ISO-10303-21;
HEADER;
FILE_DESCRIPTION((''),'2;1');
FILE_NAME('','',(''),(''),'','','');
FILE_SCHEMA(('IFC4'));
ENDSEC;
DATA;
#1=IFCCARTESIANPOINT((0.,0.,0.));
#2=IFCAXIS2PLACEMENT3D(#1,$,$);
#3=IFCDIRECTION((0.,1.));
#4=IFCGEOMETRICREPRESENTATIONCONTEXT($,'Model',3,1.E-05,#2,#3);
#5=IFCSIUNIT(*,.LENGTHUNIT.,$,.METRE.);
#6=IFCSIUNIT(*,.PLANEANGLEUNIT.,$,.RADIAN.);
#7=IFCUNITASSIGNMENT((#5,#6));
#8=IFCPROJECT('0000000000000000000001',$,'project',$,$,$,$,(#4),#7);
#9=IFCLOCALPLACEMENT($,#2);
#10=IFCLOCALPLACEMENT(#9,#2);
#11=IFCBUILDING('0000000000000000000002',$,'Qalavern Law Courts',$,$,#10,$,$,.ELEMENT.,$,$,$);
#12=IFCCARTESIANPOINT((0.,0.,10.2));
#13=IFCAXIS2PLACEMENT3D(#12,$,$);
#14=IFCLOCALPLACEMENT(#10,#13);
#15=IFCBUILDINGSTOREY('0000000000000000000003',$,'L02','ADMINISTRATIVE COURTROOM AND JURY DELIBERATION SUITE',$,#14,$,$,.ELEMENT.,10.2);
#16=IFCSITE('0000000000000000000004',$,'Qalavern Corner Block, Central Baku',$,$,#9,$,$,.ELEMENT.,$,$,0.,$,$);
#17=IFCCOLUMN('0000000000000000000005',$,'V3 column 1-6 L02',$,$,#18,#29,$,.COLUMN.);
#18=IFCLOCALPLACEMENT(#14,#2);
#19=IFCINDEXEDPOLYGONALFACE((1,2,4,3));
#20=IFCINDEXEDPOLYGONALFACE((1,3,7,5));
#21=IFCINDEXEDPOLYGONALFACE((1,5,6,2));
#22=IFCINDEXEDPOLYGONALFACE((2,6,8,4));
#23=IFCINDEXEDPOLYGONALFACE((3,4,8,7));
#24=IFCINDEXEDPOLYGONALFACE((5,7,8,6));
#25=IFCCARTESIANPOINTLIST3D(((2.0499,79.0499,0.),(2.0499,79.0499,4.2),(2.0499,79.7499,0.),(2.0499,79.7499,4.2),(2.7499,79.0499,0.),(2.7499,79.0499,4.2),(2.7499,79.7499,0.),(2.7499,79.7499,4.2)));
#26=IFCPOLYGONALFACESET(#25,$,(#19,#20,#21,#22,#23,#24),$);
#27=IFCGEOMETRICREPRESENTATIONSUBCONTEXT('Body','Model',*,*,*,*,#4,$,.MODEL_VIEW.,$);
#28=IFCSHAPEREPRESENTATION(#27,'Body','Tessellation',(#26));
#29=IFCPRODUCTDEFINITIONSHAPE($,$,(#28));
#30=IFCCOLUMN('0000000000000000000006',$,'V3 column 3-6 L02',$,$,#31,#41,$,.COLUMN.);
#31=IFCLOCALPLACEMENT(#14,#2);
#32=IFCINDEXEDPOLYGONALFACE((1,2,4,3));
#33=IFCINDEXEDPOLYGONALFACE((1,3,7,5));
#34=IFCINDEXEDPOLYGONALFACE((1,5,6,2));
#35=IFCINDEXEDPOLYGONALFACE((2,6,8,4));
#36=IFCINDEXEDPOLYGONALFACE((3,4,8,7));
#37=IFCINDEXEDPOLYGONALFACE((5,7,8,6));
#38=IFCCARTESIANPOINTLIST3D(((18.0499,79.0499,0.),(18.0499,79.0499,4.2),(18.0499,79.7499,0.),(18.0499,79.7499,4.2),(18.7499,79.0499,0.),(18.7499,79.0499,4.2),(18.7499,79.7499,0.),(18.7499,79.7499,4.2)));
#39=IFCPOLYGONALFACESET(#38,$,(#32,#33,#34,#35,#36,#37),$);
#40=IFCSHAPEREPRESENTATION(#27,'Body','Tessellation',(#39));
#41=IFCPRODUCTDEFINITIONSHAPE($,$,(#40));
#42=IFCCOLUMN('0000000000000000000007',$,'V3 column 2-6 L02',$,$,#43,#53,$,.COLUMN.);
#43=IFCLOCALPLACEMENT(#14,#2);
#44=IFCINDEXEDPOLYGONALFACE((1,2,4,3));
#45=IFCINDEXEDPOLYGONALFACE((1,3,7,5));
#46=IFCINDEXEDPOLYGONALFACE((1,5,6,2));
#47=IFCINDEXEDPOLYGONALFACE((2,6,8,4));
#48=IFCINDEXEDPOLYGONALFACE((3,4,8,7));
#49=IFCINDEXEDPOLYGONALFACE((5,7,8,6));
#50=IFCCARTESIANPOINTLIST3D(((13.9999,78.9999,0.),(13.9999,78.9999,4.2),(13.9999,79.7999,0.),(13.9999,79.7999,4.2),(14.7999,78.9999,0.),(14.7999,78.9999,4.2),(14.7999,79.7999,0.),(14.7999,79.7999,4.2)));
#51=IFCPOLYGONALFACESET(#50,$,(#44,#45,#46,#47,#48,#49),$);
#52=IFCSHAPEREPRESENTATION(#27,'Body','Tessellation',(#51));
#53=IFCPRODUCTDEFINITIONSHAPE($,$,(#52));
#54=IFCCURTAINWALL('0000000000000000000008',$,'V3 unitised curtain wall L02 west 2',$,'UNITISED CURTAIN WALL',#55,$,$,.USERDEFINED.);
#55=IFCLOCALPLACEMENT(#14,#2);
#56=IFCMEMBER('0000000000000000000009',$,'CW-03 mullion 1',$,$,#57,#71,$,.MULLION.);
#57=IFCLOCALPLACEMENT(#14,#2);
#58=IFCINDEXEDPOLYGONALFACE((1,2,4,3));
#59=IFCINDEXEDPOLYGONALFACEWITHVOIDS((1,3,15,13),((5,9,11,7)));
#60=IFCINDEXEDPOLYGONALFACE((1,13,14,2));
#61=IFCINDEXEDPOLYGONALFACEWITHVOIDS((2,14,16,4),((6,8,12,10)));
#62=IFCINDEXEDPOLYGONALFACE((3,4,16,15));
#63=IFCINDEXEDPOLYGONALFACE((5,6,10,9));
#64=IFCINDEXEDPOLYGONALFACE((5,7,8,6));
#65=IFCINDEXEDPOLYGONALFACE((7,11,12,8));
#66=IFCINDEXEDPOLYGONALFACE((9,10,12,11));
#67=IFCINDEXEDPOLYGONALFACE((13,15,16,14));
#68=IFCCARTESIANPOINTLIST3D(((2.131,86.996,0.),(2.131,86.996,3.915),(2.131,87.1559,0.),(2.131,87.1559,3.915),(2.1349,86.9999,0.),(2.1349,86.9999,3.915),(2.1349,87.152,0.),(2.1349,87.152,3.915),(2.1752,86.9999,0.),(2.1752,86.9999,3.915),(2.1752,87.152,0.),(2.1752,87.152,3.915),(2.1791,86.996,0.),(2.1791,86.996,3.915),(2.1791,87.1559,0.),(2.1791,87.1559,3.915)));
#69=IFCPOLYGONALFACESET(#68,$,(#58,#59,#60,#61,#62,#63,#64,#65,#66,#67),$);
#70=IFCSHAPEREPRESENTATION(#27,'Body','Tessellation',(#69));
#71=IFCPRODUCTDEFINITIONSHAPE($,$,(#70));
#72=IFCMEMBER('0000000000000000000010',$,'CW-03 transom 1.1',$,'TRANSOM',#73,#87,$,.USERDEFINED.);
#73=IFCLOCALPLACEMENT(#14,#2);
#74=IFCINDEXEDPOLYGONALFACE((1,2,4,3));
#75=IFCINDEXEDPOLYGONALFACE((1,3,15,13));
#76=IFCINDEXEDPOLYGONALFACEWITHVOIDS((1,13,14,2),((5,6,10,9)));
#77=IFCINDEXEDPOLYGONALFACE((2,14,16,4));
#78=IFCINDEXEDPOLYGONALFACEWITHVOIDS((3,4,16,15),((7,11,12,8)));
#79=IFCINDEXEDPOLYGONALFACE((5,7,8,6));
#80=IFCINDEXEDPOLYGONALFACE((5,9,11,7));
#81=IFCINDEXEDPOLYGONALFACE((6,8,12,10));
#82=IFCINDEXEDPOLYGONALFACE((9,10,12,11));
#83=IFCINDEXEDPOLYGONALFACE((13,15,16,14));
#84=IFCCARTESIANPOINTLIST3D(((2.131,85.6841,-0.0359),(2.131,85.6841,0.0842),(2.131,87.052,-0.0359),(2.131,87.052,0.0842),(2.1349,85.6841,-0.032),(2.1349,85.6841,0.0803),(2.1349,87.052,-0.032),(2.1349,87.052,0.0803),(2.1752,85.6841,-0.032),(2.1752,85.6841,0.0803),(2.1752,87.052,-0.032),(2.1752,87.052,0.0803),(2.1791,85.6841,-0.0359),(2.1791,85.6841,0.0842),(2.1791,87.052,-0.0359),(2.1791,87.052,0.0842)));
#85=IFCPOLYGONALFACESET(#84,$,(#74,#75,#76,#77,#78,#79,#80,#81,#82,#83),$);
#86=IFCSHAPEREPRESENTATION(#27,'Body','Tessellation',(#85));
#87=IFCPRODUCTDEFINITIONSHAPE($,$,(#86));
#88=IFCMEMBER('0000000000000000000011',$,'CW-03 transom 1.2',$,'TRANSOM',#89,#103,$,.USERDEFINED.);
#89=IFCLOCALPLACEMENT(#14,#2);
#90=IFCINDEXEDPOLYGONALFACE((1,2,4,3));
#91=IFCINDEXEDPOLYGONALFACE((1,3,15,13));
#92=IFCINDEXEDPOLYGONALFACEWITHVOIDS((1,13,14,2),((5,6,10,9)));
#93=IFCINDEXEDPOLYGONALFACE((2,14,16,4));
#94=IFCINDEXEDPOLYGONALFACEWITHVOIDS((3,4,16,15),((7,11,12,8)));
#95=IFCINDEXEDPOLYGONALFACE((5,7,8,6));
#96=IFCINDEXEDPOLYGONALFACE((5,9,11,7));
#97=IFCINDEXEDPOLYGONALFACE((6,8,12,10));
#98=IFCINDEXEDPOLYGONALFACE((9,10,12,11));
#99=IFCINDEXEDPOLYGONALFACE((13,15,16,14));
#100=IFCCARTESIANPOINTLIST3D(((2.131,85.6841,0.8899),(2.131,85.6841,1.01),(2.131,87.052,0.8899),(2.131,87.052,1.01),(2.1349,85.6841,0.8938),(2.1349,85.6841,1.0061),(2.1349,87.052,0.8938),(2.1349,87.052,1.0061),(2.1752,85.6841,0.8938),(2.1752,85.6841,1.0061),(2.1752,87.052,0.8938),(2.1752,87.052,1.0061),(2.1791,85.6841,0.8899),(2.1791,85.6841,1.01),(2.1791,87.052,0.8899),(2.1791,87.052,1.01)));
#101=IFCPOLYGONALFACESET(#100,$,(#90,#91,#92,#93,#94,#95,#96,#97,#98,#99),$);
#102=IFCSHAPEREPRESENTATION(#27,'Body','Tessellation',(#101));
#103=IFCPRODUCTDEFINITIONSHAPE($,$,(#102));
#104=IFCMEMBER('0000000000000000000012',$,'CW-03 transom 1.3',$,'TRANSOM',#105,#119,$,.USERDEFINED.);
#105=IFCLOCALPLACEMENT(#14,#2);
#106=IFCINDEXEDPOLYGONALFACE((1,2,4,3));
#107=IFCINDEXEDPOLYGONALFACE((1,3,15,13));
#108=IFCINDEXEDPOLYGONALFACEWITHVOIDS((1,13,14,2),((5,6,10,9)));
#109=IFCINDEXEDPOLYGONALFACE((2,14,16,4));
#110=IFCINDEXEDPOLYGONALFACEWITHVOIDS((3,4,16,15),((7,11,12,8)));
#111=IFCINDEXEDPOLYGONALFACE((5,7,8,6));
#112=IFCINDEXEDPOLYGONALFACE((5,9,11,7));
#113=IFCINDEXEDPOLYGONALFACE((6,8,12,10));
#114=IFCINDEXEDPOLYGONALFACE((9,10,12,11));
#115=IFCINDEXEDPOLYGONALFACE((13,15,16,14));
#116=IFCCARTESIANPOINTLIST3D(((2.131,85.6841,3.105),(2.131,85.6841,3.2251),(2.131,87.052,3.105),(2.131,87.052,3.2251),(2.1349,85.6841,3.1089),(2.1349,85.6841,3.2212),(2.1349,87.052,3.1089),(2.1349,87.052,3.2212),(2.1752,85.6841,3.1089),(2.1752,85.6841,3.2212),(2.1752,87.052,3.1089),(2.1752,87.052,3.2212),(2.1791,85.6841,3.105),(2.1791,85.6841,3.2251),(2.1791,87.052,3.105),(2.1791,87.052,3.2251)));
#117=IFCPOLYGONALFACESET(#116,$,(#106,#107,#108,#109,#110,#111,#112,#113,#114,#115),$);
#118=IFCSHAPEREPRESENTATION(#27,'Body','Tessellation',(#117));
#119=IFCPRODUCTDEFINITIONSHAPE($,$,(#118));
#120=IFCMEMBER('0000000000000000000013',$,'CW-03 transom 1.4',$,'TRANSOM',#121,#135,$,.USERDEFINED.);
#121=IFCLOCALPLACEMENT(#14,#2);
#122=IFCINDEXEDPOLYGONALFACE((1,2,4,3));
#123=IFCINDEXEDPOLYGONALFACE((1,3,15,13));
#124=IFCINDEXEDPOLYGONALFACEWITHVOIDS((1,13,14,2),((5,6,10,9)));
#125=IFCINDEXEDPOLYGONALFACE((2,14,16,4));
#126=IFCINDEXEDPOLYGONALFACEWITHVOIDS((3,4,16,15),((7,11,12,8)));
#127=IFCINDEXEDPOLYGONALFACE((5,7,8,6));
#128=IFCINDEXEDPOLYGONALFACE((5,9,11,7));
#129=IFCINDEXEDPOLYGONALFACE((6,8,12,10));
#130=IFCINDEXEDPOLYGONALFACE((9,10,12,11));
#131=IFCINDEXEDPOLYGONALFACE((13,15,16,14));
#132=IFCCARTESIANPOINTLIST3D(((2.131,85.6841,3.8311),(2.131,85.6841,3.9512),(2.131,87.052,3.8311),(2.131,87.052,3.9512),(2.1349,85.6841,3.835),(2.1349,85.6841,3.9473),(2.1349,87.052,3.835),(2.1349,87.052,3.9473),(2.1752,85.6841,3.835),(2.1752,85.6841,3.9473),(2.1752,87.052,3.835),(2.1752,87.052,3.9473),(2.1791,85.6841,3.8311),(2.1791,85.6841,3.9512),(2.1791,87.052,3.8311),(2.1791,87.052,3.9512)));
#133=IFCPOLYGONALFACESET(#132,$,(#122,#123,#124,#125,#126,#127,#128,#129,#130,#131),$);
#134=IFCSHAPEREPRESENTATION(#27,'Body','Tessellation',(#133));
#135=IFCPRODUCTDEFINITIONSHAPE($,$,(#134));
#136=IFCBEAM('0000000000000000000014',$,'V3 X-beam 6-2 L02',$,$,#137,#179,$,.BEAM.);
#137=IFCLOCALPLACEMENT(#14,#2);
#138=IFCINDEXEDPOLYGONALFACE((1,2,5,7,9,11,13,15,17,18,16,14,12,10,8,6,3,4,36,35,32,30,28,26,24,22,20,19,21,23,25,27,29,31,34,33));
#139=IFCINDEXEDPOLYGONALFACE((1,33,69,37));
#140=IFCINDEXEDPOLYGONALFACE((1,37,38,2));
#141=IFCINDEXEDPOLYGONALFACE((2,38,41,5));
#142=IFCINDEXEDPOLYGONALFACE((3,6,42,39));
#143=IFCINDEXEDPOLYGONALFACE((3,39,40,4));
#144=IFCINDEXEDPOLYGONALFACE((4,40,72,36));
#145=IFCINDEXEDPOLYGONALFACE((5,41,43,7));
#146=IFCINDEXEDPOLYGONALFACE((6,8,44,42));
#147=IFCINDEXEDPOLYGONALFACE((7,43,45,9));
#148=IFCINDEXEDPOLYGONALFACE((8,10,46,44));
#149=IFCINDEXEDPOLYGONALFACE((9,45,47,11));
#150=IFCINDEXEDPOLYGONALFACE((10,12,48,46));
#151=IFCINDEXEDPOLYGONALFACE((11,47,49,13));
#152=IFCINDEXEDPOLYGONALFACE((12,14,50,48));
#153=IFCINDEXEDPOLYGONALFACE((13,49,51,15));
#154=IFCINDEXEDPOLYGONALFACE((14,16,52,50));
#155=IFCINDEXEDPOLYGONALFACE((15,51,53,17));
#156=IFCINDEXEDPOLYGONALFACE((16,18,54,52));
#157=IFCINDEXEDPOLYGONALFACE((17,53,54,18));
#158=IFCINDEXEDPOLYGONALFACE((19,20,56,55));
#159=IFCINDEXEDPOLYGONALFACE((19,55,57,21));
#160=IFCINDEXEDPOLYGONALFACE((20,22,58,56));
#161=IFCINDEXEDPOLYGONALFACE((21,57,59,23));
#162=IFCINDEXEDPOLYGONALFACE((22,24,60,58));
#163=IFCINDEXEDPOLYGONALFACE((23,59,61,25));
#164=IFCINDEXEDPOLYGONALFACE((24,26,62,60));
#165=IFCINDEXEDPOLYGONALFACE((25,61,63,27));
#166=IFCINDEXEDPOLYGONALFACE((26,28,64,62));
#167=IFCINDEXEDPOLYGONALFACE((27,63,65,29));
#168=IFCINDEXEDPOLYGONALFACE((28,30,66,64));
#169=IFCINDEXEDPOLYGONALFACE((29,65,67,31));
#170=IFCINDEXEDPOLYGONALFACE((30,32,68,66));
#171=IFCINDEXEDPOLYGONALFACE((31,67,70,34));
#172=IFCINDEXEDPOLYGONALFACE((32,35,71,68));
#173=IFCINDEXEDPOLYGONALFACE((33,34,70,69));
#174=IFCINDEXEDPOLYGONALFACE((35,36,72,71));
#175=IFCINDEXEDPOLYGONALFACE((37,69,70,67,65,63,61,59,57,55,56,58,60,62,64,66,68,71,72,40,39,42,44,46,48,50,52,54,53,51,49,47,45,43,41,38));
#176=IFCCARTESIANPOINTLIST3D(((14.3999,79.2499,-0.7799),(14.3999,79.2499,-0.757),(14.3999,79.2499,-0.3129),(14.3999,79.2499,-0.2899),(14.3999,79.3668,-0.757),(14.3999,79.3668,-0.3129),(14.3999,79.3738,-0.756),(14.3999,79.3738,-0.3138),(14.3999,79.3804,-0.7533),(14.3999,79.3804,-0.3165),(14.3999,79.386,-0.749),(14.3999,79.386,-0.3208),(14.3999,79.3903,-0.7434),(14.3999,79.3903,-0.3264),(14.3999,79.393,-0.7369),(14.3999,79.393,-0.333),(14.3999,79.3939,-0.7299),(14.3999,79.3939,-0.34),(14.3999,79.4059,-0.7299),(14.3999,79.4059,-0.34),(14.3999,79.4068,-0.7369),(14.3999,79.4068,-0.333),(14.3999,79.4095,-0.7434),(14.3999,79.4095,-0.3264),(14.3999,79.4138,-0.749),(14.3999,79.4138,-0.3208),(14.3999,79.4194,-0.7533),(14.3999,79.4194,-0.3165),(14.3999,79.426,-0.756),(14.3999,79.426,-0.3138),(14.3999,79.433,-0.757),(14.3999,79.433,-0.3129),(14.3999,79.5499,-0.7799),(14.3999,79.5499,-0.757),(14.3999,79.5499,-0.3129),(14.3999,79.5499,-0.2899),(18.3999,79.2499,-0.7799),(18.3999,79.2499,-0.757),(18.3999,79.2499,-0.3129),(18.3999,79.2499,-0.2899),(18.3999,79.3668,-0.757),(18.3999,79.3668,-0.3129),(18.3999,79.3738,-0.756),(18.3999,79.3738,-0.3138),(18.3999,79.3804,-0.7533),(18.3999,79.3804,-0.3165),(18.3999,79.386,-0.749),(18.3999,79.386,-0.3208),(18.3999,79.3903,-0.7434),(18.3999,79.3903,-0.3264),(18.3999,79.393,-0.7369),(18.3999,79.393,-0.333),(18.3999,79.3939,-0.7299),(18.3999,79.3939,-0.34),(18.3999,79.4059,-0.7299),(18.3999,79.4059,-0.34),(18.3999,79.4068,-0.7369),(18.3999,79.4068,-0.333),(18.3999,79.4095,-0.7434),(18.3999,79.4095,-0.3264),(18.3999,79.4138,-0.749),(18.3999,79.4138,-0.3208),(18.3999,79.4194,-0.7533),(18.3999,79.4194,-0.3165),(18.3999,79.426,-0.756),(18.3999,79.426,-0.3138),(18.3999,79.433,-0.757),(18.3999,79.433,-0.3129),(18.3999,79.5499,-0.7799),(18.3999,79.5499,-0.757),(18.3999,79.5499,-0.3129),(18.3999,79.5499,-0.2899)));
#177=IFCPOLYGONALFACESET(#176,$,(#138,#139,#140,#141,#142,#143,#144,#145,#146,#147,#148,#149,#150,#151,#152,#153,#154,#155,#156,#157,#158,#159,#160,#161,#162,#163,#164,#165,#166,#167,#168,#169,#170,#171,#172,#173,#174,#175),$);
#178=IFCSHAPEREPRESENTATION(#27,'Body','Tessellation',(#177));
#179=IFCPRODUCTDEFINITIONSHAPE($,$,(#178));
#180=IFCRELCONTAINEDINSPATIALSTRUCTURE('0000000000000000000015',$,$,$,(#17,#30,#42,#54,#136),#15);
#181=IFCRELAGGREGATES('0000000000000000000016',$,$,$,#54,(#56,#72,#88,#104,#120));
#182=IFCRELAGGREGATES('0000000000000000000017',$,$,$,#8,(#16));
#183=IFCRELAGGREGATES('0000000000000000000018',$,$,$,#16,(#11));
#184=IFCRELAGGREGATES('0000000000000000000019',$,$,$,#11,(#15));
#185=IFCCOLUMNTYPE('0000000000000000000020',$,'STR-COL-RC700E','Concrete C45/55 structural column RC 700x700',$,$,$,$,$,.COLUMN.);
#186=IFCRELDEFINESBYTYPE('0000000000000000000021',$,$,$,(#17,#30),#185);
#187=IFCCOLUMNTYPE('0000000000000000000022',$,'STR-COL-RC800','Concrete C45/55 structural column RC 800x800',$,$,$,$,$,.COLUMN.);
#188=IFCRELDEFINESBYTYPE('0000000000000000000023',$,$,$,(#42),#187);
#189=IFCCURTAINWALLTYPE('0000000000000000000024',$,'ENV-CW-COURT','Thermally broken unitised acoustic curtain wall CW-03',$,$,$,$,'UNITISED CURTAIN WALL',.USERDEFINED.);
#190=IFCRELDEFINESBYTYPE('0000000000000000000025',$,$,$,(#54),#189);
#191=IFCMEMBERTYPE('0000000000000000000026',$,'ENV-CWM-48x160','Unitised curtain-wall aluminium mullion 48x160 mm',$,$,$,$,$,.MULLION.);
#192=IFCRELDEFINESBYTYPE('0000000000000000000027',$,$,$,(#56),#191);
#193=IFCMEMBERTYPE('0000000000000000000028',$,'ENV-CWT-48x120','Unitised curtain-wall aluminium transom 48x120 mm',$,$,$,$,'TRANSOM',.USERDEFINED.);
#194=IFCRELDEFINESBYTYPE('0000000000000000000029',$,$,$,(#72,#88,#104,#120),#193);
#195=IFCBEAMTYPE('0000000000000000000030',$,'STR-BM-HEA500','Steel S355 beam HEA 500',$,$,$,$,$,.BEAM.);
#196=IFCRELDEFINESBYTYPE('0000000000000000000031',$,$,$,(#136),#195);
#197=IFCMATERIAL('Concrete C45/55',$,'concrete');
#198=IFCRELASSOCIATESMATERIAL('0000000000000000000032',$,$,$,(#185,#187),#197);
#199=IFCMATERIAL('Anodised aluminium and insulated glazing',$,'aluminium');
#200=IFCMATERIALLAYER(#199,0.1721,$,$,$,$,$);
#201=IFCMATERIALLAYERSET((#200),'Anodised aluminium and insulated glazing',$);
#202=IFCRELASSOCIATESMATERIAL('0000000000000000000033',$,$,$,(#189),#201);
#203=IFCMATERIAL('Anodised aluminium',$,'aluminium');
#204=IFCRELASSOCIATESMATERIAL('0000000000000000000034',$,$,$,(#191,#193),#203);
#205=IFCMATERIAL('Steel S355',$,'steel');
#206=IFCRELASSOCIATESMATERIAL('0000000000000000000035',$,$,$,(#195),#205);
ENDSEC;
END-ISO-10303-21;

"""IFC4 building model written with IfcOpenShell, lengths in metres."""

from ifc_helpers import new_model, si_unit, direction, frame, origin, origin_2d, place, context, subcontext, project, spatial, rectangle, hollow_rectangle, i_section, extrude, material, layer, layer_set, material_profile, profile_set, type_object, element, aggregate, save


model = new_model("IFC4")

# Units and contexts
model_context = context("Model", 3, precision=1e-05, world=origin(), true_north=direction((0.0, 1.0)))
body_context = subcontext(model_context, "Body", "Model", "MODEL_VIEW")
ifc_project = project(units=[si_unit("LENGTHUNIT", "METRE"), si_unit("PLANEANGLEUNIT", "RADIAN")], contexts=[model_context])

# Site, building, storey
site_placement = place(None, origin())
site = spatial("IfcSite", under=ifc_project, at=site_placement, Name="Qalavern Corner Block, Central Baku", CompositionType="ELEMENT", RefElevation=0.0)
building_placement = place(site_placement, origin())
building = spatial("IfcBuilding", under=site, at=building_placement, Name="Qalavern Law Courts", CompositionType="ELEMENT")
storey_placement = place(building_placement, frame((0.0, 0.0, 10.2)))
storey = spatial("IfcBuildingStorey", under=building, at=storey_placement, Name="L02", Description="ADMINISTRATIVE COURTROOM AND JURY DELIBERATION SUITE", CompositionType="ELEMENT", Elevation=10.2)

# Columns
ifc_material_1 = material(Name="Concrete C45/55", Category="concrete")
ifc_material_profile_1 = material_profile(ifc_material_1, rectangle(XDim=0.7, YDim=0.7, at=origin_2d()), Name="RC 700x700")
ifc_profile_set_1 = profile_set([ifc_material_profile_1], Name="Concrete C45/55")
column_type_1 = type_object("IfcColumnType", Name="STR-COL-RC700E", Description="Concrete C45/55 structural column RC 700x700", PredefinedType="COLUMN", material=ifc_profile_set_1)
for number, where, z_axis, x_axis, name in (
    (1, (2.3999, 79.3999, 0.0), (0.0, 0.0, 1.0), (1.0, 0.0, 0.0), "V3 column 1-6 L02"),
    (2, (18.3999, 79.3999, 0.0), (0.0, 0.0, 1.0), (1.0, 0.0, 0.0), "V3 column 3-6 L02"),
):
    element("IfcColumn", number, at=place(storey_placement, frame(where, z_axis=z_axis, x_axis=x_axis)), inside=storey, type_object=column_type_1, Name=name, PredefinedType="COLUMN", context=body_context, shape_type="SweptSolid", body=[
        extrude(rectangle(XDim=0.7, YDim=0.7, at=origin_2d()), origin(), (0.0, 0.0, 1.0), 4.2),
    ])
ifc_material_profile_2 = material_profile(ifc_material_1, rectangle(XDim=0.8, YDim=0.8, at=origin_2d()), Name="RC 800x800")
ifc_profile_set_2 = profile_set([ifc_material_profile_2], Name="Concrete C45/55")
column_type_2 = type_object("IfcColumnType", Name="STR-COL-RC800", Description="Concrete C45/55 structural column RC 800x800", PredefinedType="COLUMN", material=ifc_profile_set_2)
column_placement = place(storey_placement, frame((14.3999, 79.3999, 0.0), z_axis=(0.0, 0.0, 1.0), x_axis=(1.0, 0.0, 0.0)))
element("IfcColumn", 3, at=column_placement, inside=storey, type_object=column_type_2, Name="V3 column 2-6 L02", PredefinedType="COLUMN", context=body_context, shape_type="SweptSolid", body=[
    extrude(rectangle(XDim=0.8, YDim=0.8, at=origin_2d()), origin(), (0.0, 0.0, 1.0), 4.2),
])

# Curtain wall, members
ifc_material_2 = material(Name="Anodised aluminium and insulated glazing", Category="aluminium")
ifc_layer_1 = layer(ifc_material_2, 0.1721)
ifc_layer_set_1 = layer_set([ifc_layer_1], Name="Anodised aluminium and insulated glazing")
curtain_wall_type = type_object("IfcCurtainWallType", Name="ENV-CW-COURT", Description="Thermally broken unitised acoustic curtain wall CW-03", ElementType="UNITISED CURTAIN WALL", PredefinedType="USERDEFINED", material=ifc_layer_set_1)
curtain_wall_placement = place(storey_placement, origin())
curtain_wall = element("IfcCurtainWall", 4, at=curtain_wall_placement, inside=storey, type_object=curtain_wall_type, Name="V3 unitised curtain wall L02 west 2", ObjectType="UNITISED CURTAIN WALL", PredefinedType="USERDEFINED")
ifc_material_3 = material(Name="Anodised aluminium", Category="aluminium")
ifc_material_profile_3 = material_profile(ifc_material_3, hollow_rectangle(XDim=0.0481, YDim=0.1599, WallThickness=0.0039, at=origin_2d()), Name="ALU MULLION 48x160")
ifc_profile_set_3 = profile_set([ifc_material_profile_3], Name="Anodised aluminium")
member_type_1 = type_object("IfcMemberType", Name="ENV-CWM-48x160", Description="Unitised curtain-wall aluminium mullion 48x160 mm", PredefinedType="MULLION", material=ifc_profile_set_3)
member_1_placement = place(storey_placement, frame((2.155, 87.0759, 0.0), z_axis=(0.0, 0.0, 1.0), x_axis=(1.0, 0.0, 0.0)))
member_1 = element("IfcMember", 5, at=member_1_placement, type_object=member_type_1, Name="CW-03 mullion 1", PredefinedType="MULLION", context=body_context, shape_type="SweptSolid", body=[
    extrude(hollow_rectangle(XDim=0.0481, YDim=0.1599, WallThickness=0.0039, at=origin_2d()), origin(), (0.0, 0.0, 1.0), 3.915),
])
ifc_material_profile_4 = material_profile(ifc_material_3, hollow_rectangle(XDim=0.0481, YDim=0.1201, WallThickness=0.0039, at=origin_2d()), Name="ALU TRANSOM 48x120")
ifc_profile_set_4 = profile_set([ifc_material_profile_4], Name="Anodised aluminium")
member_type_2 = type_object("IfcMemberType", Name="ENV-CWT-48x120", Description="Unitised curtain-wall aluminium transom 48x120 mm", ElementType="TRANSOM", PredefinedType="USERDEFINED", material=ifc_profile_set_4)
member_2_placement = place(storey_placement, frame((2.155, 87.052, 0.0242), z_axis=(0.0, -1.0, 0.0), x_axis=(1.0, 0.0, 0.0)))
member_2 = element("IfcMember", 6, at=member_2_placement, type_object=member_type_2, Name="CW-03 transom 1.1", ObjectType="TRANSOM", PredefinedType="USERDEFINED", context=body_context, shape_type="SweptSolid", body=[
    extrude(hollow_rectangle(XDim=0.0481, YDim=0.1201, WallThickness=0.0039, at=origin_2d()), origin(), (0.0, 0.0, 1.0), 1.3679),
])
member_3_placement = place(storey_placement, frame((2.155, 87.052, 0.95), z_axis=(0.0, -1.0, 0.0), x_axis=(1.0, 0.0, 0.0)))
member_3 = element("IfcMember", 7, at=member_3_placement, type_object=member_type_2, Name="CW-03 transom 1.2", ObjectType="TRANSOM", PredefinedType="USERDEFINED", context=body_context, shape_type="SweptSolid", body=[
    extrude(hollow_rectangle(XDim=0.0481, YDim=0.1201, WallThickness=0.0039, at=origin_2d()), origin(), (0.0, 0.0, 1.0), 1.3679),
])
member_4_placement = place(storey_placement, frame((2.155, 87.052, 3.165), z_axis=(0.0, -1.0, 0.0), x_axis=(1.0, 0.0, 0.0)))
member_4 = element("IfcMember", 8, at=member_4_placement, type_object=member_type_2, Name="CW-03 transom 1.3", ObjectType="TRANSOM", PredefinedType="USERDEFINED", context=body_context, shape_type="SweptSolid", body=[
    extrude(hollow_rectangle(XDim=0.0481, YDim=0.1201, WallThickness=0.0039, at=origin_2d()), origin(), (0.0, 0.0, 1.0), 1.3679),
])
member_5_placement = place(storey_placement, frame((2.155, 87.052, 3.8911), z_axis=(0.0, -1.0, 0.0), x_axis=(1.0, 0.0, 0.0)))
member_5 = element("IfcMember", 9, at=member_5_placement, type_object=member_type_2, Name="CW-03 transom 1.4", ObjectType="TRANSOM", PredefinedType="USERDEFINED", context=body_context, shape_type="SweptSolid", body=[
    extrude(hollow_rectangle(XDim=0.0481, YDim=0.1201, WallThickness=0.0039, at=origin_2d()), origin(), (0.0, 0.0, 1.0), 1.3679),
])

# Beam
ifc_material_4 = material(Name="Steel S355", Category="steel")
ifc_material_profile_5 = material_profile(ifc_material_4, i_section(OverallWidth=0.3, OverallDepth=0.49, WebThickness=0.012, FlangeThickness=0.0229, FilletRadius=0.0271, at=origin_2d()), Name="HEA 500")
ifc_profile_set_5 = profile_set([ifc_material_profile_5], Name="Steel S355")
beam_type_1 = type_object("IfcBeamType", Name="STR-BM-HEA500", Description="Steel S355 beam HEA 500", PredefinedType="BEAM", material=ifc_profile_set_5)
beam_1_placement = place(storey_placement, frame((14.3999, 79.3999, -0.5349), z_axis=(1.0, 0.0, 0.0), x_axis=(0.0, 1.0, 0.0)))
element("IfcBeam", 10, at=beam_1_placement, inside=storey, type_object=beam_type_1, Name="V3 X-beam 6-2 L02", PredefinedType="BEAM", context=body_context, shape_type="SweptSolid", body=[
    extrude(i_section(OverallWidth=0.3, OverallDepth=0.49, WebThickness=0.012, FlangeThickness=0.0229, FilletRadius=0.0271, at=origin_2d()), origin(), (0.0, 0.0, 1.0), 4.0),
])

aggregate(curtain_wall, [member_1, member_2, member_3, member_4, member_5])

save(model, "model.ifc")
